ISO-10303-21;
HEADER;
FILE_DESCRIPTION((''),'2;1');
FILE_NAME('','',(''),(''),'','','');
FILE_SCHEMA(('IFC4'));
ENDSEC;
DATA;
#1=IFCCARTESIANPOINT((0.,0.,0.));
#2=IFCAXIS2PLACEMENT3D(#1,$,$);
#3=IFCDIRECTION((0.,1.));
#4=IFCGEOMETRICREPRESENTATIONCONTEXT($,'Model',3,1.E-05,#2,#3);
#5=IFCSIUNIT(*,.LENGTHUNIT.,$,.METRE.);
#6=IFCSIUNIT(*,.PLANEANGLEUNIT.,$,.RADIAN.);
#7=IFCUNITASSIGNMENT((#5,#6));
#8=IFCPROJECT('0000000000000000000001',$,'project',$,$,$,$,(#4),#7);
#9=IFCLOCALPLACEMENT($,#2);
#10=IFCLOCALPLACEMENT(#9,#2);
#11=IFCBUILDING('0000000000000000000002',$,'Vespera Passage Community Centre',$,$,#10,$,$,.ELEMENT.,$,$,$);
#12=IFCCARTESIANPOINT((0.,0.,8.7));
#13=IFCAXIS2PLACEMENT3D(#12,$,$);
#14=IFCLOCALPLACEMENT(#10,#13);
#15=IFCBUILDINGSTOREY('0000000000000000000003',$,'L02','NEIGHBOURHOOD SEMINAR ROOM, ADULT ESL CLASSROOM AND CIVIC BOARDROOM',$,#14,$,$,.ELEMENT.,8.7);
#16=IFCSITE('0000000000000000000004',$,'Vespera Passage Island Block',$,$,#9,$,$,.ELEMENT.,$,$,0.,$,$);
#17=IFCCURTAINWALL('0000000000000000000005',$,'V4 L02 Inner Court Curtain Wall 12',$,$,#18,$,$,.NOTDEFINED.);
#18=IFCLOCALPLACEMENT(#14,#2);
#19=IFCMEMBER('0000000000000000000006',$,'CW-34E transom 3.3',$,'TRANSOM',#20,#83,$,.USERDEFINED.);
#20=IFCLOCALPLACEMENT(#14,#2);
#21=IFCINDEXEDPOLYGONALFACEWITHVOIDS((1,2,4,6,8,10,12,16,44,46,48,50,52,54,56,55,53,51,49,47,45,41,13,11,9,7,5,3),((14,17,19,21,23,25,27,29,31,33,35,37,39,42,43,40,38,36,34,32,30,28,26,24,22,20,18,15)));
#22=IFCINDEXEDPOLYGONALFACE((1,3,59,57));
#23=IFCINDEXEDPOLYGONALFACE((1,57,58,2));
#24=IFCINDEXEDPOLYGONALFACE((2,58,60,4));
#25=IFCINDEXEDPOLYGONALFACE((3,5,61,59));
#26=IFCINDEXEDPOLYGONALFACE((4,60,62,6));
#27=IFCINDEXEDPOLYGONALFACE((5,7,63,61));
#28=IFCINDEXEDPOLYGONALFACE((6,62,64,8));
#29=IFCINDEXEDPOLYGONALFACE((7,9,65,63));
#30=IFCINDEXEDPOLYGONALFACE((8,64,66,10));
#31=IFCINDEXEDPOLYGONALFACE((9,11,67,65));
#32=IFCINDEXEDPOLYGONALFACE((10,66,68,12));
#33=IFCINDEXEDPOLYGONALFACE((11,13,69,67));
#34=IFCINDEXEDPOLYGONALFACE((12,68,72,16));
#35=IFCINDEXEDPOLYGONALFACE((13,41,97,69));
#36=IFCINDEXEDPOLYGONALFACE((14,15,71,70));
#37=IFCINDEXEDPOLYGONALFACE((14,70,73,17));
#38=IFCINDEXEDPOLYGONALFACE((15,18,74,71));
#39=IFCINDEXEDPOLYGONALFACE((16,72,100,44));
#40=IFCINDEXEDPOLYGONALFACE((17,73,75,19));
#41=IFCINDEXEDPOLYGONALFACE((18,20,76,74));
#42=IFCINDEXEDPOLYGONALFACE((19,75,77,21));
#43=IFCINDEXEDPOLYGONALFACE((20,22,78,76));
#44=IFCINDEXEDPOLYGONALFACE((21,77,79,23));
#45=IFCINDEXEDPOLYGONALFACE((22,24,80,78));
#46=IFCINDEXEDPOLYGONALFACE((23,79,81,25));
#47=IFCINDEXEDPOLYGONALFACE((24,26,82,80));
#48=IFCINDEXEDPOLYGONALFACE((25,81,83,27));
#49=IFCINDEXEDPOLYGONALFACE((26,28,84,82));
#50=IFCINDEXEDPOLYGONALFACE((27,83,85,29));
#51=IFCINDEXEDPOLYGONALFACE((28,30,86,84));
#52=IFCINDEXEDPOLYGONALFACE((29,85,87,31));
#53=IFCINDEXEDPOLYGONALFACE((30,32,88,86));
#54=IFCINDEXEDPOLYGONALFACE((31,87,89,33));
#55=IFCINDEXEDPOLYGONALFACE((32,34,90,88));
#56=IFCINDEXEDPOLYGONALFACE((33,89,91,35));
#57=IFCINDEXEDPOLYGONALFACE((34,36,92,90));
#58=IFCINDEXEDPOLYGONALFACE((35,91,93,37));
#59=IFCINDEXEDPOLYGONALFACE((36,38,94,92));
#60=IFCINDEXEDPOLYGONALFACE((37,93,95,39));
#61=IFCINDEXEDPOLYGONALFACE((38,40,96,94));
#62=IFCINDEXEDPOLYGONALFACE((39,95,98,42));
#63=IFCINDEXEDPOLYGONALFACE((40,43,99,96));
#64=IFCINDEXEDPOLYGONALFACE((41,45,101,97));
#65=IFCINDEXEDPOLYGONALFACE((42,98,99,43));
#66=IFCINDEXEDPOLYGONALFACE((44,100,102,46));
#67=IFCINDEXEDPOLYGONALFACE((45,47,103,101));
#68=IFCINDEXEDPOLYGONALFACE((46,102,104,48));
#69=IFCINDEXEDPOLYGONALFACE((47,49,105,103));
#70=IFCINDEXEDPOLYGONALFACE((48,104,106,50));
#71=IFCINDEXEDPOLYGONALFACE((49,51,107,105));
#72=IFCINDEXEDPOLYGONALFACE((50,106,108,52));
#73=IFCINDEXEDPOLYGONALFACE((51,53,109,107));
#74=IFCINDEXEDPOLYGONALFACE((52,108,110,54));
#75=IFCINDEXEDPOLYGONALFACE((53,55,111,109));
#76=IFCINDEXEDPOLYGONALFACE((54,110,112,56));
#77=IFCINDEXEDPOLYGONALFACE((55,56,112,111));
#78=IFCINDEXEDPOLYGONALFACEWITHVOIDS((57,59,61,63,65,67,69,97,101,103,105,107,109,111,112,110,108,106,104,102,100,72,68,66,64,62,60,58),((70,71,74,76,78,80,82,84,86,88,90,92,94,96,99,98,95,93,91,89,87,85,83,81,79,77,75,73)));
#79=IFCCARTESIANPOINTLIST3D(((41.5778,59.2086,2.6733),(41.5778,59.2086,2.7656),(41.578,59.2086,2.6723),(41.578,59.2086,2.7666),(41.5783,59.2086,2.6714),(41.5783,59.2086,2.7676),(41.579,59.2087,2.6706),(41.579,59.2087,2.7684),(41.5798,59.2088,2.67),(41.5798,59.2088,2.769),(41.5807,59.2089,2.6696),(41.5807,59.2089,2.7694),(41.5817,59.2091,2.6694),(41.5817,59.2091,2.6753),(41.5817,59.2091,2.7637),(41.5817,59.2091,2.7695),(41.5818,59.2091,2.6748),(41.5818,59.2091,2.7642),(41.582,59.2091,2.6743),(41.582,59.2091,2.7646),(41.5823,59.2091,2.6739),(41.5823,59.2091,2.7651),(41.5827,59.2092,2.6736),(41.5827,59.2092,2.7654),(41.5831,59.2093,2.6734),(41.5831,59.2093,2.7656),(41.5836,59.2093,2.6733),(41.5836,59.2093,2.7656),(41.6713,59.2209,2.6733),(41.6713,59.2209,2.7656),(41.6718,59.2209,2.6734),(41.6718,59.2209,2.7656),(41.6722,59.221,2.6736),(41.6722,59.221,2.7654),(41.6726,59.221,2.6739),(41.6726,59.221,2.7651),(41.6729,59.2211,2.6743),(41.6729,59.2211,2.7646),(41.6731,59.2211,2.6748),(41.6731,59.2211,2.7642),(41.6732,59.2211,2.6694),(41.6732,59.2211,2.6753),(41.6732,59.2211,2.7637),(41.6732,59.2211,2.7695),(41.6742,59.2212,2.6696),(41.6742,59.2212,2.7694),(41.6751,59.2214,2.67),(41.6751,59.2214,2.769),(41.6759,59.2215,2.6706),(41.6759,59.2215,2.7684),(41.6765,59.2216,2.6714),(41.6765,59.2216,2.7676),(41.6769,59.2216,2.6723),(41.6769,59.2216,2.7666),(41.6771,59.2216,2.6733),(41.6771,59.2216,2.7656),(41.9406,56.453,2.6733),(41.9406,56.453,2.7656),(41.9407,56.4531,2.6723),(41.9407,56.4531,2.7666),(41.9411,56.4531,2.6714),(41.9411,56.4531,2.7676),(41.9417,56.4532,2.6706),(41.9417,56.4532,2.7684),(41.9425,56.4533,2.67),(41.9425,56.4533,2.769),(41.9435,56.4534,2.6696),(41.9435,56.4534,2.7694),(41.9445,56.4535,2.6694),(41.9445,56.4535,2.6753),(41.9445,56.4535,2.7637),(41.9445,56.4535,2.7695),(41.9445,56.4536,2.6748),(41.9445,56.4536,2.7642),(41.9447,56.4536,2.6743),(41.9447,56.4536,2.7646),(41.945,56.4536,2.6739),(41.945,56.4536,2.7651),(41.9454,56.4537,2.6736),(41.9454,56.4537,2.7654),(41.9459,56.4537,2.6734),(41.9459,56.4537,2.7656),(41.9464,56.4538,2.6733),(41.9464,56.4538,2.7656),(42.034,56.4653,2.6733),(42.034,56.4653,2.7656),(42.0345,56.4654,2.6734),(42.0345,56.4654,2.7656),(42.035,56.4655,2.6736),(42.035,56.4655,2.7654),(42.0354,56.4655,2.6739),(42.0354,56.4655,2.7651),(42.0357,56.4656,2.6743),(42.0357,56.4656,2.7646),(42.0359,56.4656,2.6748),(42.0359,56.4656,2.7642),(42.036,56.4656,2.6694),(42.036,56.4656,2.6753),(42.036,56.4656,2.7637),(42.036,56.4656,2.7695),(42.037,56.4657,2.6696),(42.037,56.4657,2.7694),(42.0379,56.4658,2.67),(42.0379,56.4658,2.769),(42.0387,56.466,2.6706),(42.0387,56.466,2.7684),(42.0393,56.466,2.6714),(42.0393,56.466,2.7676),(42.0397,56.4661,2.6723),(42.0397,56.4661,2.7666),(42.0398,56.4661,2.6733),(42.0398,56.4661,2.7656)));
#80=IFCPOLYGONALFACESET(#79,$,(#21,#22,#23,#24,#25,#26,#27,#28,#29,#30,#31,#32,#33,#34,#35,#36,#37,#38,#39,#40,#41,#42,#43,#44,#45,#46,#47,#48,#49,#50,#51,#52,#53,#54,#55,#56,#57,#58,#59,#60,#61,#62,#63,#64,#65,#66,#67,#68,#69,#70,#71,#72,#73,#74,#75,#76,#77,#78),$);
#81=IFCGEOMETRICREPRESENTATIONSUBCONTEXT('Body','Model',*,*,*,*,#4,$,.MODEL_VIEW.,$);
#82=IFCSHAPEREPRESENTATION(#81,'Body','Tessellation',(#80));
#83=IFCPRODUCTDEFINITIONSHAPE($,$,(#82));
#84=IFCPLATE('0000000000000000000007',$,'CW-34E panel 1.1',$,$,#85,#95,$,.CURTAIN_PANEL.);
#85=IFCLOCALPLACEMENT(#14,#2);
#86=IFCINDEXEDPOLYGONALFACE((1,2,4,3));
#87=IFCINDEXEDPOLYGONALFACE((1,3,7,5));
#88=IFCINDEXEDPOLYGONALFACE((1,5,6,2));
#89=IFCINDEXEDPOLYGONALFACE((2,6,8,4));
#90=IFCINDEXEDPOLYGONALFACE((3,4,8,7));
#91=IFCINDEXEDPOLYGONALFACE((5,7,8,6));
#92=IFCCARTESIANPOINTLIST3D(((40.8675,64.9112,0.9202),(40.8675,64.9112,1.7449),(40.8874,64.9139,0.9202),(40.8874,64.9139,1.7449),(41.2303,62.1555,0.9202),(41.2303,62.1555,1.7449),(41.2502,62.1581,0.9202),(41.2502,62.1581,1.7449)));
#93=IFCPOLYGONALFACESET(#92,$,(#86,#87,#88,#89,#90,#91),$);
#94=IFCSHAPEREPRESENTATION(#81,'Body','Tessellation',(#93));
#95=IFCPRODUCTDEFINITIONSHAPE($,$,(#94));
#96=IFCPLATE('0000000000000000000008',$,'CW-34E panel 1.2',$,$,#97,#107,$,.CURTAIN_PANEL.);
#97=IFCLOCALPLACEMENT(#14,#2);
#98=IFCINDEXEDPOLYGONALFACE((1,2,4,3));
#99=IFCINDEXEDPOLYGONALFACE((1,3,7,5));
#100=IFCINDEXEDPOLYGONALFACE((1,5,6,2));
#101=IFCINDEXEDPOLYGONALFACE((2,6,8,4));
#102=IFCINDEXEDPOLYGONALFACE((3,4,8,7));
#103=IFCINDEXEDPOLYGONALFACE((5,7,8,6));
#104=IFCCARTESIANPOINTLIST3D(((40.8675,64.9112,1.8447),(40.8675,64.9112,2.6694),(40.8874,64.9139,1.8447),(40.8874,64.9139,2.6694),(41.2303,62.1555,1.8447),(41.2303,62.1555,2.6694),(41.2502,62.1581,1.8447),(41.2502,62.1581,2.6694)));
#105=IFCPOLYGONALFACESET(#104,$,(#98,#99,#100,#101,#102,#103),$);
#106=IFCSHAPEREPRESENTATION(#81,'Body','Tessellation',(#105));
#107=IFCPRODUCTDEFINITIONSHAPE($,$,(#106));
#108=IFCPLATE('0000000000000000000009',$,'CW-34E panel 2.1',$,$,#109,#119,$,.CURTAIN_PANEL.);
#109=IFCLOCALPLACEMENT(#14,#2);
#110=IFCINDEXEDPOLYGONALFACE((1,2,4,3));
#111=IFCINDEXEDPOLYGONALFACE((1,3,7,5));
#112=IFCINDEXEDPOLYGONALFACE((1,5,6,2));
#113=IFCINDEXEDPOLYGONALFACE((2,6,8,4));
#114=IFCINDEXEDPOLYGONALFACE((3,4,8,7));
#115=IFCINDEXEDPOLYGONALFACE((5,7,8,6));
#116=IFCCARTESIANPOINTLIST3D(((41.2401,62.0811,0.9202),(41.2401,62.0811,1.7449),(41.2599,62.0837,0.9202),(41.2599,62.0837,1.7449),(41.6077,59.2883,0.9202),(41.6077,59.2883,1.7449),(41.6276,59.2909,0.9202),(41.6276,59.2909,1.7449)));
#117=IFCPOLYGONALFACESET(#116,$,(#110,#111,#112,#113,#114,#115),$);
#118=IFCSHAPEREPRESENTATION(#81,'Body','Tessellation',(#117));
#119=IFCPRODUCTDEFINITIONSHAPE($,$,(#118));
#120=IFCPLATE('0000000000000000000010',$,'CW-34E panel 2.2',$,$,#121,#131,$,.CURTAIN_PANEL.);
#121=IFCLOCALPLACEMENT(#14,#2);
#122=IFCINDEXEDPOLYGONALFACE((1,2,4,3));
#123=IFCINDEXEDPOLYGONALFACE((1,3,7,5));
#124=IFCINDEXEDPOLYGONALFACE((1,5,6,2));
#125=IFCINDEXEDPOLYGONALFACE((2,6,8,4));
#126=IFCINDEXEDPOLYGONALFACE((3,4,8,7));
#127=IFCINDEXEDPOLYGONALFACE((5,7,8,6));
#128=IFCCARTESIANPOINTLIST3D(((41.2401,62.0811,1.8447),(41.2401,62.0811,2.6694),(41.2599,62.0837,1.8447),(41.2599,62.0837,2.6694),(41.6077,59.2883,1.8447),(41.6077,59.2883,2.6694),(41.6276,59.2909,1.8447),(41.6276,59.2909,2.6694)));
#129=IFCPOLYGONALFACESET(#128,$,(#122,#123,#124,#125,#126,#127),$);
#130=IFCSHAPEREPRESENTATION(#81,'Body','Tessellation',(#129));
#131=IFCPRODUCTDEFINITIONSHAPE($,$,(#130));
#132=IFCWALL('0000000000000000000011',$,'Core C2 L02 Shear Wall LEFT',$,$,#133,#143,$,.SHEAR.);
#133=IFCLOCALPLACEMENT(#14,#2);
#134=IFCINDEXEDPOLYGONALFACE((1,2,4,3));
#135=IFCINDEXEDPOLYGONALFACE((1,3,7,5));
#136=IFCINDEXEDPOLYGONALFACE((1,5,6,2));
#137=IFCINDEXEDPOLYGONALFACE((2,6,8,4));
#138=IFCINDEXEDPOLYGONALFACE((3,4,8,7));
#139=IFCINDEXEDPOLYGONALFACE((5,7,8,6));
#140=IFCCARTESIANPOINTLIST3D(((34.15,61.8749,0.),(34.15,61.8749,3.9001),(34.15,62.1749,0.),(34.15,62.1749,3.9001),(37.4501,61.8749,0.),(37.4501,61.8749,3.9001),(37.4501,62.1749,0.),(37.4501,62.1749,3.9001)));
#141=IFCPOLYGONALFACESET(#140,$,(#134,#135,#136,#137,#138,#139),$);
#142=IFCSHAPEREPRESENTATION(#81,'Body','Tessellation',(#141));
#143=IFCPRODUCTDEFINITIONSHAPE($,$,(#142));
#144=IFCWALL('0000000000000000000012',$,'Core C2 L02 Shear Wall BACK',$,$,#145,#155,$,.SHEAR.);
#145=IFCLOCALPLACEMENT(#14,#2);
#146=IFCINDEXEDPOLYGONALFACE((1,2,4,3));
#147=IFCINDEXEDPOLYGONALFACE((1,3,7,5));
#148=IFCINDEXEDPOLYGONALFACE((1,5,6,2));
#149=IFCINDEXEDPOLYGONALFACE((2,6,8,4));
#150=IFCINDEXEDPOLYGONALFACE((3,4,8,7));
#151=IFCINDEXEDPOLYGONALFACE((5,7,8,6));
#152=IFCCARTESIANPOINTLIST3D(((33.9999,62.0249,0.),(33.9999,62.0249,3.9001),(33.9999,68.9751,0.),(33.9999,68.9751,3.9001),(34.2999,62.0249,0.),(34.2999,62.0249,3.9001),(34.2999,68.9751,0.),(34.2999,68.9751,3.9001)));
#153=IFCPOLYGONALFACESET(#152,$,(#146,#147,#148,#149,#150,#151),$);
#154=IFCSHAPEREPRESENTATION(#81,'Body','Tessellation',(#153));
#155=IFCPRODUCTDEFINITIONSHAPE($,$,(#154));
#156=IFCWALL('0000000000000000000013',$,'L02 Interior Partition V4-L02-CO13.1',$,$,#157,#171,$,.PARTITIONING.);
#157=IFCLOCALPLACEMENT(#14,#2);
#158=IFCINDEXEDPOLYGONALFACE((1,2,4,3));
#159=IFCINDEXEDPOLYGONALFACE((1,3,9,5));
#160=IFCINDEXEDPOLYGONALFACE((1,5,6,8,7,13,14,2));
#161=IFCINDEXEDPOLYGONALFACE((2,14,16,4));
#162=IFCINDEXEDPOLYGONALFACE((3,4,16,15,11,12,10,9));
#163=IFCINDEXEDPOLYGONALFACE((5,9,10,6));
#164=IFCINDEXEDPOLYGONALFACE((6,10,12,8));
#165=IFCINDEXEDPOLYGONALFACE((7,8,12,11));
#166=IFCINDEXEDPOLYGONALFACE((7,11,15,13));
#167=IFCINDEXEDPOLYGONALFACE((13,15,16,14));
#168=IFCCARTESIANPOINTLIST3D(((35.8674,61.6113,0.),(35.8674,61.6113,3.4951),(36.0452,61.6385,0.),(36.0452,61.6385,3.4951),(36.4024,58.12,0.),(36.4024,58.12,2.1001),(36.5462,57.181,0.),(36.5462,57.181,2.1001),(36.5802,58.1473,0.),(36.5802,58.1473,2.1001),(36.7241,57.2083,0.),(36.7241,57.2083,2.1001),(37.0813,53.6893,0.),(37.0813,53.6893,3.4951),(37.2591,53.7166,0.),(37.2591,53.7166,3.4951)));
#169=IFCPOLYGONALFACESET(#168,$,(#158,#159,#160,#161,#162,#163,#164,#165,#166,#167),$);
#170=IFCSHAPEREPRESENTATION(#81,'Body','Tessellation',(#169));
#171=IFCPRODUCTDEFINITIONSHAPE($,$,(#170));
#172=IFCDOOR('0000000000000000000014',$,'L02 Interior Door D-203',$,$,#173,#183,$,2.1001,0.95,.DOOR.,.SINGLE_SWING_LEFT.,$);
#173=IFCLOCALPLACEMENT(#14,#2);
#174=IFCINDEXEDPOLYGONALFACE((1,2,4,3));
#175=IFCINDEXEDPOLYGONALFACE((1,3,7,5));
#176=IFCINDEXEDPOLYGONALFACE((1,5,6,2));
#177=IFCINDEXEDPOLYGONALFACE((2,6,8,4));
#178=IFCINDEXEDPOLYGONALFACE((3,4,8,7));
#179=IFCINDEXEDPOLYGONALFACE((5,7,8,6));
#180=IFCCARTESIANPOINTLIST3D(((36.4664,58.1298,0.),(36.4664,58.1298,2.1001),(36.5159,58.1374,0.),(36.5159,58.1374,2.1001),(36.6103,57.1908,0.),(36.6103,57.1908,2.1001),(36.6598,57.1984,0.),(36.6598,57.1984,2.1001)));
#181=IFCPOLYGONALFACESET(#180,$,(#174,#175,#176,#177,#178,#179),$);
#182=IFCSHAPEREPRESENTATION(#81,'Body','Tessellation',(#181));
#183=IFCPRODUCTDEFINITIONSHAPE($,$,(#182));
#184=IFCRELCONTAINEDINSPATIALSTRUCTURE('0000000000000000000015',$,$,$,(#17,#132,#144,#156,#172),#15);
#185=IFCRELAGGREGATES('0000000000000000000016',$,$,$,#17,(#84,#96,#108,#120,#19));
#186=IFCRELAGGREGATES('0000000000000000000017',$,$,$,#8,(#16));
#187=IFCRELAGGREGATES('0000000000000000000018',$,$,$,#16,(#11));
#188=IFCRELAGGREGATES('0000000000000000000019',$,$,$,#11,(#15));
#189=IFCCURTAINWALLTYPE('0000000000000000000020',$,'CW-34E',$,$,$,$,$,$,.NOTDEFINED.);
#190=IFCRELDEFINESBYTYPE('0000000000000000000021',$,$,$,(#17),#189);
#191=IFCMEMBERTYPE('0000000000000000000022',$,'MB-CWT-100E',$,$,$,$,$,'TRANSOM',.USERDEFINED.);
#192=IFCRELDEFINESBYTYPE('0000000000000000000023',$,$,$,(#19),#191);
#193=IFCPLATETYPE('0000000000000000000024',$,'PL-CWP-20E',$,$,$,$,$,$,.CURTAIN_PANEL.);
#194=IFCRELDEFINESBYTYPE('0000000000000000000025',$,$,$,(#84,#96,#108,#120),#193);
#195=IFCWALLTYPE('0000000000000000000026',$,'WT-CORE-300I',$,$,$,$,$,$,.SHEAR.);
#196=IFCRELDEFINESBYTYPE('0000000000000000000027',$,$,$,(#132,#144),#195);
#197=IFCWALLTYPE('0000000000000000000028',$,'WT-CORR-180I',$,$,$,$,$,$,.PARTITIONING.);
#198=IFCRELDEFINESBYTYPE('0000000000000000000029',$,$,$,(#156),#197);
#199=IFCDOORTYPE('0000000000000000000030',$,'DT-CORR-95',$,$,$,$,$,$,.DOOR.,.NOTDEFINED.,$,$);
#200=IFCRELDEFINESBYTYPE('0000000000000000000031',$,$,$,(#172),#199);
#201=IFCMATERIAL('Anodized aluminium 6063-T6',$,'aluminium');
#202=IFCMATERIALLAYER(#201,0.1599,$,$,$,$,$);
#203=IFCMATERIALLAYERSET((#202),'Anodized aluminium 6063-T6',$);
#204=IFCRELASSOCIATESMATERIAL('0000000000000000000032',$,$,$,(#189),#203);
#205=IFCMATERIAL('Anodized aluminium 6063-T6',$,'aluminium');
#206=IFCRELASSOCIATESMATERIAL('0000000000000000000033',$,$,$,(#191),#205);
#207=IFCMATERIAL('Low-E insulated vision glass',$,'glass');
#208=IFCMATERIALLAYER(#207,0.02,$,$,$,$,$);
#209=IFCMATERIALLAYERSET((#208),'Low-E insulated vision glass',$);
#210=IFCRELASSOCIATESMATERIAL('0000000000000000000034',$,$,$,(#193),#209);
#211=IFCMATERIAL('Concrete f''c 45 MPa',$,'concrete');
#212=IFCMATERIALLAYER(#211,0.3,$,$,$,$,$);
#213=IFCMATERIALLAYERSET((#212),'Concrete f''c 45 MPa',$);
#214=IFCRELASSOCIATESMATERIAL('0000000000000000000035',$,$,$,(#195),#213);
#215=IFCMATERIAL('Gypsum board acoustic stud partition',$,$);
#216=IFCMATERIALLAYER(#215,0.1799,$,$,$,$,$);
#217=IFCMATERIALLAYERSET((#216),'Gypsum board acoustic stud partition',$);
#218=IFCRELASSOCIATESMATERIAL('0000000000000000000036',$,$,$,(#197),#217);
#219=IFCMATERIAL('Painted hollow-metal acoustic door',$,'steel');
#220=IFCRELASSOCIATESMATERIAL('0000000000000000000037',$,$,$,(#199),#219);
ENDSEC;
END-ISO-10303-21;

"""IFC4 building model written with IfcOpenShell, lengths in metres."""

from ifc_helpers import new_model, si_unit, direction, frame, frame_2d, origin, origin_2d, place, context, subcontext, project, spatial, rectangle, hollow_rectangle, extrude, material, layer, layer_set, material_profile, profile_set, type_object, element, fill, aggregate, save


model = new_model("IFC4")

# Units and contexts
model_context = context("Model", 3, precision=1e-05, world=origin(), true_north=direction((0.0, 1.0)))
body_context = subcontext(model_context, "Body", "Model", "MODEL_VIEW")
ifc_project = project(units=[si_unit("LENGTHUNIT", "METRE"), si_unit("PLANEANGLEUNIT", "RADIAN")], contexts=[model_context])

# Site, building, storey
site_placement = place(None, origin())
site = spatial("IfcSite", under=ifc_project, at=site_placement, Name="Vespera Passage Island Block", CompositionType="ELEMENT", RefElevation=0.0)
building_placement = place(site_placement, origin())
building = spatial("IfcBuilding", under=site, at=building_placement, Name="Vespera Passage Community Centre", CompositionType="ELEMENT")
storey_placement = place(building_placement, frame((0.0, 0.0, 8.7)))
storey = spatial("IfcBuildingStorey", under=building, at=storey_placement, Name="L02", Description="NEIGHBOURHOOD SEMINAR ROOM, ADULT ESL CLASSROOM AND CIVIC BOARDROOM", CompositionType="ELEMENT", Elevation=8.7)

# Curtain wall
ifc_material_1 = material(Name="Anodized aluminium 6063-T6", Category="aluminium")
ifc_layer_1 = layer(ifc_material_1, 0.1599)
ifc_layer_set_1 = layer_set([ifc_layer_1], Name="Anodized aluminium 6063-T6")
curtain_wall_type_1 = type_object("IfcCurtainWallType", Name="CW-34E", PredefinedType="NOTDEFINED", material=ifc_layer_set_1)
curtain_wall_1_placement = place(storey_placement, origin())
curtain_wall_1 = element("IfcCurtainWall", 1, at=curtain_wall_1_placement, inside=storey, type_object=curtain_wall_type_1, Name="V4 L02 Inner Court Curtain Wall 12", PredefinedType="NOTDEFINED")
ifc_material_2 = material(Name="Anodized aluminium 6063-T6", Category="aluminium")
ifc_material_profile_1 = material_profile(ifc_material_2, hollow_rectangle(XDim=0.1001, YDim=0.1001, WallThickness=0.0039, InnerFilletRadius=0.002, OuterFilletRadius=0.0039, at=origin_2d()), Name="ALU100X100X4")
ifc_profile_set_1 = profile_set([ifc_material_profile_1], Name="Anodized aluminium 6063-T6")
member_type_1 = type_object("IfcMemberType", Name="MB-CWT-100E", ElementType="TRANSOM", PredefinedType="USERDEFINED", material=ifc_profile_set_1)

# Member
member_1_placement = place(storey_placement, frame((41.6274, 59.2151, 2.7195), z_axis=(0.130529, -0.991444, 0.0), x_axis=(0.991444, 0.130529, 0.0)))
member_1 = element("IfcMember", 2, at=member_1_placement, type_object=member_type_1, Name="CW-34E transom 3.3", ObjectType="TRANSOM", PredefinedType="USERDEFINED", context=body_context, shape_type="SweptSolid", body=[
    extrude(hollow_rectangle(XDim=0.1001, YDim=0.1001, WallThickness=0.0039, InnerFilletRadius=0.002, OuterFilletRadius=0.0039, at=origin_2d()), origin(), (0.0, 0.0, 1.0), 2.7793),
])

# Plates
ifc_material_3 = material(Name="Low-E insulated vision glass", Category="glass")
ifc_layer_2 = layer(ifc_material_3, 0.02)
ifc_layer_set_2 = layer_set([ifc_layer_2], Name="Low-E insulated vision glass")
plate_type = type_object("IfcPlateType", Name="PL-CWP-20E", PredefinedType="CURTAIN_PANEL", material=ifc_layer_set_2)
plate_1_placement = place(storey_placement, frame((41.0588, 63.5347, 0.9202), z_axis=(0.0, 0.0, 1.0), x_axis=(0.130522, -0.991445, 0.0)))
plate_1 = element("IfcPlate", 3, at=plate_1_placement, type_object=plate_type, Name="CW-34E panel 1.1", PredefinedType="CURTAIN_PANEL", context=body_context, shape_type="SweptSolid", body=[
    extrude(rectangle(XDim=2.7795, YDim=0.02, at=origin_2d()), origin(), (0.0, 0.0, 1.0), 0.8247),
])
plate_2_placement = place(storey_placement, frame((41.0588, 63.5347, 1.8447), z_axis=(0.0, 0.0, 1.0), x_axis=(0.130522, -0.991445, 0.0)))
plate_2 = element("IfcPlate", 4, at=plate_2_placement, type_object=plate_type, Name="CW-34E panel 1.2", PredefinedType="CURTAIN_PANEL", context=body_context, shape_type="SweptSolid", body=[
    extrude(rectangle(XDim=2.7795, YDim=0.02, at=origin_2d()), origin(), (0.0, 0.0, 1.0), 0.8247),
])
plate_3_placement = place(storey_placement, frame((41.4338, 60.686, 0.9202), z_axis=(0.0, 0.0, 1.0), x_axis=(0.130522, -0.991445, 0.0)))
plate_3 = element("IfcPlate", 5, at=plate_3_placement, type_object=plate_type, Name="CW-34E panel 2.1", PredefinedType="CURTAIN_PANEL", context=body_context, shape_type="SweptSolid", body=[
    extrude(rectangle(XDim=2.8169, YDim=0.02, at=origin_2d()), origin(), (0.0, 0.0, 1.0), 0.8247),
])
plate_4_placement = place(storey_placement, frame((41.4338, 60.686, 1.8447), z_axis=(0.0, 0.0, 1.0), x_axis=(0.130522, -0.991445, 0.0)))
plate_4 = element("IfcPlate", 6, at=plate_4_placement, type_object=plate_type, Name="CW-34E panel 2.2", PredefinedType="CURTAIN_PANEL", context=body_context, shape_type="SweptSolid", body=[
    extrude(rectangle(XDim=2.8169, YDim=0.02, at=origin_2d()), origin(), (0.0, 0.0, 1.0), 0.8247),
])
aggregate(curtain_wall_1, [plate_1, plate_2, plate_3, plate_4, member_1])

# Walls
ifc_material_4 = material(Name="Concrete f'c 45 MPa", Category="concrete")
ifc_layer_3 = layer(ifc_material_4, 0.3)
ifc_layer_set_3 = layer_set([ifc_layer_3], Name="Concrete f'c 45 MPa")
wall_type_1 = type_object("IfcWallType", Name="WT-CORE-300I", PredefinedType="SHEAR", material=ifc_layer_set_3)
wall_1_placement = place(storey_placement, frame((37.45, 62.0249, 0.0), z_axis=(0.0, 0.0, 1.0), x_axis=(-1.0, 0.0, 0.0)))
element("IfcWall", 7, at=wall_1_placement, inside=storey, type_object=wall_type_1, Name="Core C2 L02 Shear Wall LEFT", PredefinedType="SHEAR", context=body_context, shape_type="SweptSolid", body=[
    extrude(rectangle(XDim=3.3, YDim=0.3, at=frame_2d((1.6499, 0.0))), origin(), (0.0, 0.0, 1.0), 3.9001),
])
wall_2_placement = place(storey_placement, frame((34.1499, 62.0249, 0.0), z_axis=(0.0, 0.0, 1.0), x_axis=(0.0, 1.0, 0.0)))
element("IfcWall", 8, at=wall_2_placement, inside=storey, type_object=wall_type_1, Name="Core C2 L02 Shear Wall BACK", PredefinedType="SHEAR", context=body_context, shape_type="SweptSolid", body=[
    extrude(rectangle(XDim=6.9502, YDim=0.3, at=frame_2d((3.4751, 0.0))), origin(), (0.0, 0.0, 1.0), 3.9001),
])

# Wall, opening, door
ifc_material_5 = material(Name="Gypsum board acoustic stud partition")
ifc_layer_4 = layer(ifc_material_5, 0.1799)
ifc_layer_set_4 = layer_set([ifc_layer_4], Name="Gypsum board acoustic stud partition")
wall_type_2 = type_object("IfcWallType", Name="WT-CORR-180I", PredefinedType="PARTITIONING", material=ifc_layer_set_4)
wall_3_placement = place(storey_placement, frame((35.9563, 61.625, 0.0), z_axis=(0.0, 0.0, 1.0), x_axis=(0.151462, -0.988463, 0.0)))
wall_3 = element("IfcWall", 9, at=wall_3_placement, inside=storey, type_object=wall_type_2, Name="L02 Interior Partition V4-L02-CO13.1", PredefinedType="PARTITIONING", context=body_context, shape_type="SweptSolid", body=[
    extrude(rectangle(XDim=8.0144, YDim=0.1799, at=frame_2d((4.0073, 0.0))), origin(), (0.0, 0.0, 1.0), 3.4951),
])
opening_1_placement = place(wall_3_placement, frame((3.532, 0.0, 0.0)))
opening_1 = element("IfcOpeningElement", 10, at=opening_1_placement, cuts=wall_3, PredefinedType="OPENING", context=body_context, shape_type="SweptSolid", body=[
    extrude(rectangle(XDim=0.95, YDim=2.1001, at=frame_2d((0.4751, 1.05))), frame((0.0, 0.0999, 0.0), z_axis=(0.0, -1.0, 0.0), x_axis=(1.0, 0.0, 0.0)), (0.0, 0.0, 1.0), 0.2),
])
ifc_material_6 = material(Name="Painted hollow-metal acoustic door", Category="steel")
door_type_1 = type_object("IfcDoorType", Name="DT-CORR-95", OperationType="NOTDEFINED", PredefinedType="DOOR", material=ifc_material_6)
door_1_placement = place(opening_1_placement, origin())
door_1 = element("IfcDoor", 11, at=door_1_placement, inside=storey, type_object=door_type_1, Name="L02 Interior Door D-203", OperationType="SINGLE_SWING_LEFT", OverallHeight=2.1001, OverallWidth=0.95, PredefinedType="DOOR", context=body_context, shape_type="SweptSolid", body=[
    extrude(rectangle(XDim=0.95, YDim=2.1001, at=frame_2d((0.4751, 1.05))), frame((0.0, 0.0249, 0.0), z_axis=(0.0, -1.0, 0.0), x_axis=(1.0, 0.0, 0.0)), (0.0, 0.0, 1.0), 0.05),
])
fill(opening_1, door_1)

save(model, "model.ifc")
